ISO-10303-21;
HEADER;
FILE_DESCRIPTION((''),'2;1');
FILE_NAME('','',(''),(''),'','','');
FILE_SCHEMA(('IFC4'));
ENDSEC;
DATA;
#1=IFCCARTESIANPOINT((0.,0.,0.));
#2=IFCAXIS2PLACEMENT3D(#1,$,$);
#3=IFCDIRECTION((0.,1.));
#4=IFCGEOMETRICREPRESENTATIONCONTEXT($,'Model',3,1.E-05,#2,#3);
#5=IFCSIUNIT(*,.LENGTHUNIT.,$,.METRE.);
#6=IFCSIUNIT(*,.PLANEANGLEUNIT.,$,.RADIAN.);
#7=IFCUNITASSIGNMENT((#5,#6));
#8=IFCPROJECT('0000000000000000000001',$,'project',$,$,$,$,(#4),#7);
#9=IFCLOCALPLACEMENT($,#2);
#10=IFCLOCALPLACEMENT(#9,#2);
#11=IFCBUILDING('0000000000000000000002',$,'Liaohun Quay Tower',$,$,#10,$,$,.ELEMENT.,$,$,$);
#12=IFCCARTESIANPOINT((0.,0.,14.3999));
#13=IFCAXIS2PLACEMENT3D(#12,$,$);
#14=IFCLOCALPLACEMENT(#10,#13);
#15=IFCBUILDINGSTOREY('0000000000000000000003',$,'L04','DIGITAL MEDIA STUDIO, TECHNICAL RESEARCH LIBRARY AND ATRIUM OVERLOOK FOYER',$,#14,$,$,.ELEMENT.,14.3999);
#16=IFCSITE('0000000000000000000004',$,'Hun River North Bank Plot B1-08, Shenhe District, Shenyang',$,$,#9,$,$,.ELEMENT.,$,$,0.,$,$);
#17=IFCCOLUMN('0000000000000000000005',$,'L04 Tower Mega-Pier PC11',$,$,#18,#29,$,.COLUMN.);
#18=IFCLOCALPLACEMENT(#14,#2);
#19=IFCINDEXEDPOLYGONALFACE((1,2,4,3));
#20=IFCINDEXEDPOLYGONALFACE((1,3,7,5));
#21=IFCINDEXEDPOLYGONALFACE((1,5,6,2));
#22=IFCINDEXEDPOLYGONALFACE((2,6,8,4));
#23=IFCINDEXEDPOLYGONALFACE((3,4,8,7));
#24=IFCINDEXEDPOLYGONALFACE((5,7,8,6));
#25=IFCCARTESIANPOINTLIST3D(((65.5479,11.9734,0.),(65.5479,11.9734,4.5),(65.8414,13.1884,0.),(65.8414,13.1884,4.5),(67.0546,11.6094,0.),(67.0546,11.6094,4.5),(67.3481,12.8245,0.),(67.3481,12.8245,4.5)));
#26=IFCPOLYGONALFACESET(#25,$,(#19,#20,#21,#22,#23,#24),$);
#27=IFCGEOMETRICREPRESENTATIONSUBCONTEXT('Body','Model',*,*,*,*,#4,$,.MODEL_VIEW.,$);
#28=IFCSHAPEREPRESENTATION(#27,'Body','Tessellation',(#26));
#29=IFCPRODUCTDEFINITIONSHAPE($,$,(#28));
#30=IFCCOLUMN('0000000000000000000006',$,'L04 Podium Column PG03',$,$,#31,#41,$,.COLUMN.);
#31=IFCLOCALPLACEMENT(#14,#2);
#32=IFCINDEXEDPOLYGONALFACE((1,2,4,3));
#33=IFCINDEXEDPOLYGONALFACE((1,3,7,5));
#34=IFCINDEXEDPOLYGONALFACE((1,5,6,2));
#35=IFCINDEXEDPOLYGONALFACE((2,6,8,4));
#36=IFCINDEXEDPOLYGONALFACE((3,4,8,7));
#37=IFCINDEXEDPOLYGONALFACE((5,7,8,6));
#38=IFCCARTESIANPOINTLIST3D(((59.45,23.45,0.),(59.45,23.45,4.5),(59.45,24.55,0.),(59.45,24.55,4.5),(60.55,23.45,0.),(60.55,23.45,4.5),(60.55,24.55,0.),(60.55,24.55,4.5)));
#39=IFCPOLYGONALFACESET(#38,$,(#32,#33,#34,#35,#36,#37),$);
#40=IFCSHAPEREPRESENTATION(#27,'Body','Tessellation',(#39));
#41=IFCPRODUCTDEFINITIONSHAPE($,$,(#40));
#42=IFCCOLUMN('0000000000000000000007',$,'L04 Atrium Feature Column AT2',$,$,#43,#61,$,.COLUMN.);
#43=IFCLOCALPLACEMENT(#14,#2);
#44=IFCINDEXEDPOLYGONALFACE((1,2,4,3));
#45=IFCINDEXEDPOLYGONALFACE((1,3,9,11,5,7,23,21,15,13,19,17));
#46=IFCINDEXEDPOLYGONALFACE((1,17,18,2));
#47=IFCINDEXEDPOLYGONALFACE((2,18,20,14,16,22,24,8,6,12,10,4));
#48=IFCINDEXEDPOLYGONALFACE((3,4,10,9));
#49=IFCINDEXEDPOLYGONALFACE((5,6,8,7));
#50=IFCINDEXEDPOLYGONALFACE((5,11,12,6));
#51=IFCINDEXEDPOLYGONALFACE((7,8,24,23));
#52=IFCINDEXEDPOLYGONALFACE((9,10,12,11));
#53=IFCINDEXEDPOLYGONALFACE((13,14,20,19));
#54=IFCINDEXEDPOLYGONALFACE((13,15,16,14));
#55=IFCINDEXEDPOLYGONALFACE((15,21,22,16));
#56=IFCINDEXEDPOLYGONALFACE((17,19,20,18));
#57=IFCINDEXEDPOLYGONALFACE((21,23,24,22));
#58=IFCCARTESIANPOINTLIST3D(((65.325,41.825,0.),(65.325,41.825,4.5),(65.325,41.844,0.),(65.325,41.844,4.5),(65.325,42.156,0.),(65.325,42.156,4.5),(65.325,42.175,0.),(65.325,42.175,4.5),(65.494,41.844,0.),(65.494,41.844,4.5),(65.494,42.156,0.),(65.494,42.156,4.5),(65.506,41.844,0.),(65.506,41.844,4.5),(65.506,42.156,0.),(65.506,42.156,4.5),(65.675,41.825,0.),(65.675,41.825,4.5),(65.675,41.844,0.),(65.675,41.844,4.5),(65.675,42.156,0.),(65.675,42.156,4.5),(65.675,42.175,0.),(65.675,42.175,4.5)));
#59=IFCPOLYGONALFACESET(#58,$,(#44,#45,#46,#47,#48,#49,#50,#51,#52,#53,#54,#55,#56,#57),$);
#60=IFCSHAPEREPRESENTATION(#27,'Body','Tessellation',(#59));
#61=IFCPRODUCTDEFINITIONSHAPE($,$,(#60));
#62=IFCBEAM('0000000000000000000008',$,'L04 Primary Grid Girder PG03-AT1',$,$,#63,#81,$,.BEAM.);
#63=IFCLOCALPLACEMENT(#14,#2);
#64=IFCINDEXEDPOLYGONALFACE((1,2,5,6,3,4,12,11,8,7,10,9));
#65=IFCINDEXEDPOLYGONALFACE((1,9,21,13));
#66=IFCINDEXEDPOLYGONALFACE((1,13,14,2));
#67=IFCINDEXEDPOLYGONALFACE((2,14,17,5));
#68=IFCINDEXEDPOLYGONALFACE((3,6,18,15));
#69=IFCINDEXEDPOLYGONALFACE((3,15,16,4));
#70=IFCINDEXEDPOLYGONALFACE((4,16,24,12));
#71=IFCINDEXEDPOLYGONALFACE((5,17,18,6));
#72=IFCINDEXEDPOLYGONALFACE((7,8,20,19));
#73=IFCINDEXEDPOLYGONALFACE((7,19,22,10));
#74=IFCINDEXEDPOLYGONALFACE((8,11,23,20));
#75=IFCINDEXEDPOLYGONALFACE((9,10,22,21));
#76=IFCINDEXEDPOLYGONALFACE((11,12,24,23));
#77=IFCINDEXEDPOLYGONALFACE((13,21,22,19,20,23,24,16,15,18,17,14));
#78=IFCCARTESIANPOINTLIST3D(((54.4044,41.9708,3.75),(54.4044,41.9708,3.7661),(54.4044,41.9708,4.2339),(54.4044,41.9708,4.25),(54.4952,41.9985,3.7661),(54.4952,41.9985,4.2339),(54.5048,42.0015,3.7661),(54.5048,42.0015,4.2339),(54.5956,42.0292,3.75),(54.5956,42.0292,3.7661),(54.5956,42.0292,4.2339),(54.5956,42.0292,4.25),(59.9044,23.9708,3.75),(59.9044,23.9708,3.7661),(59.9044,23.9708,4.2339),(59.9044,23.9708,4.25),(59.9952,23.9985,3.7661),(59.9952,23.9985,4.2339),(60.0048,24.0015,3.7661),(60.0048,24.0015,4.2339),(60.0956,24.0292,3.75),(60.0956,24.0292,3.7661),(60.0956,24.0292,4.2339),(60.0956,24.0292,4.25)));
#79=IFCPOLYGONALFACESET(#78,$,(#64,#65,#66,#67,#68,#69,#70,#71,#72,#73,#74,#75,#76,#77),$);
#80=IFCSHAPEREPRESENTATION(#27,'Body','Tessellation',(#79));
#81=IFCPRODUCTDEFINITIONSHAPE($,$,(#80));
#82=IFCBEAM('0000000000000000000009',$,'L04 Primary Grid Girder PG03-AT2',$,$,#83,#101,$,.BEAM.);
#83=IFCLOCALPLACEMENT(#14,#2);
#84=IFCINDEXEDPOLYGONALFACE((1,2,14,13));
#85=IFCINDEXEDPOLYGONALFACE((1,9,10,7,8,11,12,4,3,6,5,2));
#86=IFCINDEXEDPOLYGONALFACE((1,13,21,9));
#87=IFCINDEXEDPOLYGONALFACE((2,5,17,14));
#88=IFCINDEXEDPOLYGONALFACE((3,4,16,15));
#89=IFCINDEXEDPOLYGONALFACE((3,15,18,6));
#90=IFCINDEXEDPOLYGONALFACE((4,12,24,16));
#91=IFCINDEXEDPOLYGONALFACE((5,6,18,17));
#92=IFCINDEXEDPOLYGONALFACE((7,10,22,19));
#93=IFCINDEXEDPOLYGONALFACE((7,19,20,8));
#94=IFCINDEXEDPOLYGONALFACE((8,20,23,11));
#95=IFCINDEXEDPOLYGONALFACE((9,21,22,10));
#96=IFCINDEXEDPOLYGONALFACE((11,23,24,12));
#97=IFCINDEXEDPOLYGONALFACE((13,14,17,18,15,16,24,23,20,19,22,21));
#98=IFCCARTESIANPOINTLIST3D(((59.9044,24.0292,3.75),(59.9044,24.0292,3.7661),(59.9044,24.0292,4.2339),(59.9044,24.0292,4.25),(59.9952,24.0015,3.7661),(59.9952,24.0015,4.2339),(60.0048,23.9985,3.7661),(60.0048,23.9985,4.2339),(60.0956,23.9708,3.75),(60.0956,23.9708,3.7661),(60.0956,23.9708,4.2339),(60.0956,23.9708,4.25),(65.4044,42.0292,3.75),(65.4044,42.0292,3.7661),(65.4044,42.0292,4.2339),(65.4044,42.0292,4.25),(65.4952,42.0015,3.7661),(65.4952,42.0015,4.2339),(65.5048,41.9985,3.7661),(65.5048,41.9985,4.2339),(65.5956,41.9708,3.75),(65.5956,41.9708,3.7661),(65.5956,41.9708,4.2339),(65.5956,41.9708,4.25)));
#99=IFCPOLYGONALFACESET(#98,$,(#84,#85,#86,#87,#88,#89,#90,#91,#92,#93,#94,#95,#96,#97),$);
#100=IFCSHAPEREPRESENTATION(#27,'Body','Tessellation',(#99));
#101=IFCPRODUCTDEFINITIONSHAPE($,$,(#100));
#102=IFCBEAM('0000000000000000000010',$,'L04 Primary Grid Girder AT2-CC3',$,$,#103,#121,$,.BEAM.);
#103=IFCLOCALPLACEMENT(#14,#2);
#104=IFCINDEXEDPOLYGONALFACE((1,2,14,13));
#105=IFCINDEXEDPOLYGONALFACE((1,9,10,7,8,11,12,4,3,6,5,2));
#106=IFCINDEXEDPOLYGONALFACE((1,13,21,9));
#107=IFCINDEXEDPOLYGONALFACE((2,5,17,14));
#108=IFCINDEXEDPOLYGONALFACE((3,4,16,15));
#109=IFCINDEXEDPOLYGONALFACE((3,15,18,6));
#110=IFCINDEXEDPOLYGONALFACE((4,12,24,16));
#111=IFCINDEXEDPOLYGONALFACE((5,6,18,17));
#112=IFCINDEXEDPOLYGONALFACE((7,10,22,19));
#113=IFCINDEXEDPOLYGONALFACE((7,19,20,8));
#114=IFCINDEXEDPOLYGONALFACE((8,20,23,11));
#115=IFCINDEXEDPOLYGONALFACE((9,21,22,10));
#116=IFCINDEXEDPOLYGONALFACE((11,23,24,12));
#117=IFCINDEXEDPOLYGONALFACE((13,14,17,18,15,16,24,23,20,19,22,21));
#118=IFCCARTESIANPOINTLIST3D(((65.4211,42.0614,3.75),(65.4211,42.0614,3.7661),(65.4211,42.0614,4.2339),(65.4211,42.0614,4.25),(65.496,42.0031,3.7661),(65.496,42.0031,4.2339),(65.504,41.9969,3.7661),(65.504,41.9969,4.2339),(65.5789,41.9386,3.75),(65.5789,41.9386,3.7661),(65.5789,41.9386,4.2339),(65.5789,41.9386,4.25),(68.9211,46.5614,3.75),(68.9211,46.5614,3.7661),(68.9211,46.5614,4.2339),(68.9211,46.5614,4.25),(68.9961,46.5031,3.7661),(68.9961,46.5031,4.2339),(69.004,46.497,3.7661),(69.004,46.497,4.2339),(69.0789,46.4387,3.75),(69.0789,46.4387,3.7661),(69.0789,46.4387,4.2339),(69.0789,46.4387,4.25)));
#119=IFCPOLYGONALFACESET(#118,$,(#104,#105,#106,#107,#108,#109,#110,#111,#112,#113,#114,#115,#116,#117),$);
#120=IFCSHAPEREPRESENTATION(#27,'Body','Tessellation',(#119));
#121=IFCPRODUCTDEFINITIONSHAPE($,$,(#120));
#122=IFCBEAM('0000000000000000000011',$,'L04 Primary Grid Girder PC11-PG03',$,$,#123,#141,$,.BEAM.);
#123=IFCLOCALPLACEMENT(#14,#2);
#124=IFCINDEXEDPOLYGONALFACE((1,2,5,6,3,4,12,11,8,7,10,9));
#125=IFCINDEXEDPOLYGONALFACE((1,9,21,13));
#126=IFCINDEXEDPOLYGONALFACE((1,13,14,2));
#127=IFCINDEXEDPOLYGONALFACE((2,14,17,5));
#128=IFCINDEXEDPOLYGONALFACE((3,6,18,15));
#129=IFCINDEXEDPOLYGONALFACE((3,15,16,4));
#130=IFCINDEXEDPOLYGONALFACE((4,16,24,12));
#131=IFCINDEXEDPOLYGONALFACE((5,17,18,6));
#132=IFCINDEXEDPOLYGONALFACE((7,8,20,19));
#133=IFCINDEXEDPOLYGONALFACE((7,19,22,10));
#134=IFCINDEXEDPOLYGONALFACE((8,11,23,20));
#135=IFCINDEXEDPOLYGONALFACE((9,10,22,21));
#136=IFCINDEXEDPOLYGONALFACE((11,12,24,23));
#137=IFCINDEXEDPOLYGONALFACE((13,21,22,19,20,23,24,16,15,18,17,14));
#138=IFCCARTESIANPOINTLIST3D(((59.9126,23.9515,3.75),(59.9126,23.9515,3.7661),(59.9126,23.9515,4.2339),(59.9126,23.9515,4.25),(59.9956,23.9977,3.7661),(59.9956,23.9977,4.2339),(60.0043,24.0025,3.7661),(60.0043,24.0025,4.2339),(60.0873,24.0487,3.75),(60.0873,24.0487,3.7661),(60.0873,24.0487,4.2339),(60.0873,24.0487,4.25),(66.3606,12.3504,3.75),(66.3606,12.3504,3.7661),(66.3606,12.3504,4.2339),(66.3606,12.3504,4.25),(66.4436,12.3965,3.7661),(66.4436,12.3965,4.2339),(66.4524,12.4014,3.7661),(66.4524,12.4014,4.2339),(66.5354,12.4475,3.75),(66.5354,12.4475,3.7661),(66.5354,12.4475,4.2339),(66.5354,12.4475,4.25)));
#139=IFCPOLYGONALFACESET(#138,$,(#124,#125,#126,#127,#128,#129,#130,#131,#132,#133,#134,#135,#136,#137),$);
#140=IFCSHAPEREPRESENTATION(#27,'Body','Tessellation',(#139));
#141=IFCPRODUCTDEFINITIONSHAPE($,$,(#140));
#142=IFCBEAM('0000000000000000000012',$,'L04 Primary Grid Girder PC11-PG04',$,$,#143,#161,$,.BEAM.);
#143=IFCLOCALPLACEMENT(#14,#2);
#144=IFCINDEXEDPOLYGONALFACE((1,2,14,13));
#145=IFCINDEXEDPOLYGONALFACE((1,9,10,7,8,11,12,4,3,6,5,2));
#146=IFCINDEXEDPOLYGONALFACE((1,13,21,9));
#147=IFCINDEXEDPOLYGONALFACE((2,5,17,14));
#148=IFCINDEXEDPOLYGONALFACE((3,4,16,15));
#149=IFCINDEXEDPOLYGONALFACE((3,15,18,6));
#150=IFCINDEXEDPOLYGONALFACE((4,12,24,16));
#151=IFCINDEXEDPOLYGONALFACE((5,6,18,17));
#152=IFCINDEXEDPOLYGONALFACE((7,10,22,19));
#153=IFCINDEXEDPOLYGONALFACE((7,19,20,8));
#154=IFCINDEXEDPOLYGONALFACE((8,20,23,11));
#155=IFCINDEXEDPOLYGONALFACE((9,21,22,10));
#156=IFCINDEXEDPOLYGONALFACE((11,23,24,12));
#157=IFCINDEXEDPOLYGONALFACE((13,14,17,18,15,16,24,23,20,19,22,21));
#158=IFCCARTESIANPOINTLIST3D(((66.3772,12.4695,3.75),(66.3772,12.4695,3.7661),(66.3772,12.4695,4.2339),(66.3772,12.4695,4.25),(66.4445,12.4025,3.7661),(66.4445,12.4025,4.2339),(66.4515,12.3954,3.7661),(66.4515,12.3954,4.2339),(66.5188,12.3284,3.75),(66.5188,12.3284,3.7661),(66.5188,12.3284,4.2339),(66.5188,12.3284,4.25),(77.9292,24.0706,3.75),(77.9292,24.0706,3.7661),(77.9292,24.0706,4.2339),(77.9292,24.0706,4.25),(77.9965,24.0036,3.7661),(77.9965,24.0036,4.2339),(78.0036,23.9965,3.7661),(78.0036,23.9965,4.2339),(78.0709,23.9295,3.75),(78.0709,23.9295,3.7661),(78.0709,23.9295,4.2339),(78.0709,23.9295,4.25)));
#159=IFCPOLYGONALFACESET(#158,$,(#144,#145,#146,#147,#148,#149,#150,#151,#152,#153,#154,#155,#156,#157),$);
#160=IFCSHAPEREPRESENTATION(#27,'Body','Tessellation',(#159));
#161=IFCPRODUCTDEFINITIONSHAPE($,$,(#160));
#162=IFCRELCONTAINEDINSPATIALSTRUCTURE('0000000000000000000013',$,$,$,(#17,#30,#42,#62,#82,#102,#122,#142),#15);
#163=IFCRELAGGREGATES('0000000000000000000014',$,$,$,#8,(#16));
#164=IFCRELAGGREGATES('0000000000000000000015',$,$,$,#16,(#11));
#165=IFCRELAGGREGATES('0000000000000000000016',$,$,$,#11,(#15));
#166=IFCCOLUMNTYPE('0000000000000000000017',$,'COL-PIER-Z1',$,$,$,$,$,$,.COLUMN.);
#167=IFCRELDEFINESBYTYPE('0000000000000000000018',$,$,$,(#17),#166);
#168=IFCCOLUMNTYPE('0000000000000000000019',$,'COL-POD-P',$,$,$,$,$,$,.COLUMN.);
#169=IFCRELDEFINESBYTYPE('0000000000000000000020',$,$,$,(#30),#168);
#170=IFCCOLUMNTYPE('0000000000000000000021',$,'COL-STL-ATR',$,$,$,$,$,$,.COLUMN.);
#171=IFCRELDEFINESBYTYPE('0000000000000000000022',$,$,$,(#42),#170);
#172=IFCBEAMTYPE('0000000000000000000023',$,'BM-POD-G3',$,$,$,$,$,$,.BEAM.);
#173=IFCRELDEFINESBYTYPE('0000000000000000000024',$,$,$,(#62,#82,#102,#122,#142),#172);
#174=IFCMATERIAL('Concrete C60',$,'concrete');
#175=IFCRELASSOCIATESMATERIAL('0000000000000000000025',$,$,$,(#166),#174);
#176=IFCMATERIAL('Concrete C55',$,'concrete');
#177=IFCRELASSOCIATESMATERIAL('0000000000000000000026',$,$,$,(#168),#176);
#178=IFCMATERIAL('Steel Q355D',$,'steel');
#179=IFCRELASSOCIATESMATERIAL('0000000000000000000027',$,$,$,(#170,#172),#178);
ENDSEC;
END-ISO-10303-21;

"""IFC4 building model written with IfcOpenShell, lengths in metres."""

from ifc_helpers import new_model, si_unit, direction, frame, origin, origin_2d, place, context, subcontext, project, spatial, rectangle, i_section, extrude, source, transform, mapped, material, material_profile, profile_set, type_object, element, save


model = new_model("IFC4")

# Units and contexts
model_context = context("Model", 3, precision=1e-05, world=origin(), true_north=direction((0.0, 1.0)))
body_context = subcontext(model_context, "Body", "Model", "MODEL_VIEW")
ifc_project = project(units=[si_unit("LENGTHUNIT", "METRE"), si_unit("PLANEANGLEUNIT", "RADIAN")], contexts=[model_context])

# Site, building, storey
site_placement = place(None, origin())
site = spatial("IfcSite", under=ifc_project, at=site_placement, Name="Hun River North Bank Plot B1-08, Shenhe District, Shenyang", CompositionType="ELEMENT", RefElevation=0.0)
building_placement = place(site_placement, origin())
building = spatial("IfcBuilding", under=site, at=building_placement, Name="Liaohun Quay Tower", CompositionType="ELEMENT")
storey_placement = place(building_placement, frame((0.0, 0.0, 14.3999)))
storey = spatial("IfcBuildingStorey", under=building, at=storey_placement, Name="L04", Description="DIGITAL MEDIA STUDIO, TECHNICAL RESEARCH LIBRARY AND ATRIUM OVERLOOK FOYER", CompositionType="ELEMENT", Elevation=14.3999)

# Columns
ifc_material_1 = material(Name="Concrete C60", Category="concrete")
ifc_material_profile_1 = material_profile(ifc_material_1, rectangle(XDim=1.55, YDim=1.25, at=origin_2d()), Name="RC1550x1250")
ifc_profile_set_1 = profile_set([ifc_material_profile_1], Name="Concrete C60")
column_type_1 = type_object("IfcColumnType", Name="COL-PIER-Z1", PredefinedType="COLUMN", material=ifc_profile_set_1)
shared_shape_1 = source(origin(), body_context, "Body", "SweptSolid", [
    extrude(rectangle(XDim=1.55, YDim=1.25, at=origin_2d()), origin(), (0.0, 0.0, 1.0), 4.5),
])
column_1_placement = place(storey_placement, frame((66.448, 12.3989, 0.0), z_axis=(0.0, 0.0, 1.0), x_axis=(-0.972043, 0.234803, 0.0)))
element("IfcColumn", 1, at=column_1_placement, inside=storey, type_object=column_type_1, Name="L04 Tower Mega-Pier PC11", PredefinedType="COLUMN", context=body_context, shape_type="MappedRepresentation", body=[
    mapped(shared_shape_1, transform((0.0, 0.0, 0.0), x_axis=(1.0, 0.0, 0.0), y_axis=(0.0, 1.0, 0.0), z_axis=(0.0, 0.0, 1.0), scale=1.0)),
])
ifc_material_2 = material(Name="Concrete C55", Category="concrete")
ifc_material_profile_2 = material_profile(ifc_material_2, rectangle(XDim=1.1001, YDim=1.1001, at=origin_2d()), Name="RC1100x1100")
ifc_profile_set_2 = profile_set([ifc_material_profile_2], Name="Concrete C55")
column_type_2 = type_object("IfcColumnType", Name="COL-POD-P", PredefinedType="COLUMN", material=ifc_profile_set_2)
shared_shape_2 = source(origin(), body_context, "Body", "SweptSolid", [
    extrude(rectangle(XDim=1.1001, YDim=1.1001, at=origin_2d()), origin(), (0.0, 0.0, 1.0), 4.5),
])
column_2_placement = place(storey_placement, frame((60.0, 24.0, 0.0), z_axis=(0.0, 0.0, 1.0), x_axis=(1.0, 0.0, 0.0)))
element("IfcColumn", 2, at=column_2_placement, inside=storey, type_object=column_type_2, Name="L04 Podium Column PG03", PredefinedType="COLUMN", context=body_context, shape_type="MappedRepresentation", body=[
    mapped(shared_shape_2, transform((0.0, 0.0, 0.0), x_axis=(1.0, 0.0, 0.0), y_axis=(0.0, 1.0, 0.0), z_axis=(0.0, 0.0, 1.0), scale=1.0)),
])
ifc_material_3 = material(Name="Steel Q355D", Category="steel")
ifc_material_profile_3 = material_profile(ifc_material_3, i_section(OverallWidth=0.3501, OverallDepth=0.3501, WebThickness=0.012, FlangeThickness=0.019, at=origin_2d()), Name="HW350x350x12x19")
ifc_profile_set_3 = profile_set([ifc_material_profile_3], Name="Steel Q355D")
column_type_3 = type_object("IfcColumnType", Name="COL-STL-ATR", PredefinedType="COLUMN", material=ifc_profile_set_3)
shared_shape_3 = source(origin(), body_context, "Body", "SweptSolid", [
    extrude(i_section(OverallWidth=0.3501, OverallDepth=0.3501, WebThickness=0.012, FlangeThickness=0.019, at=origin_2d()), origin(), (0.0, 0.0, 1.0), 4.5),
])
column_3_placement = place(storey_placement, frame((65.5, 42.0, 0.0), z_axis=(0.0, 0.0, 1.0), x_axis=(1.0, 0.0, 0.0)))
element("IfcColumn", 3, at=column_3_placement, inside=storey, type_object=column_type_3, Name="L04 Atrium Feature Column AT2", PredefinedType="COLUMN", context=body_context, shape_type="MappedRepresentation", body=[
    mapped(shared_shape_3, transform((0.0, 0.0, 0.0), x_axis=(1.0, 0.0, 0.0), y_axis=(0.0, 1.0, 0.0), z_axis=(0.0, 0.0, 1.0), scale=1.0)),
])

# Beams
ifc_material_profile_4 = material_profile(ifc_material_3, i_section(OverallWidth=0.2, OverallDepth=0.5, WebThickness=0.01, FlangeThickness=0.0161, at=origin_2d()), Name="HN500x200x10x16")
ifc_profile_set_4 = profile_set([ifc_material_profile_4], Name="Steel Q355D")
beam_type_1 = type_object("IfcBeamType", Name="BM-POD-G3", PredefinedType="BEAM", material=ifc_profile_set_4)
shared_shape_4 = source(origin(), body_context, "Body", "SweptSolid", [
    extrude(i_section(OverallWidth=0.2, OverallDepth=0.5, WebThickness=0.01, FlangeThickness=0.0161, at=origin_2d()), origin(), (0.0, 0.0, 1.0), 18.8215),
])
for number, where, z_axis, x_axis, name in (
    (4, (60.0, 24.0, 4.0), (-0.292219, 0.956352, 0.0), (-0.956352, -0.292219, 0.0), "L04 Primary Grid Girder PG03-AT1"),
    (5, (60.0, 24.0, 4.0), (0.292219, 0.956352, 0.0), (-0.956352, 0.292219, 0.0), "L04 Primary Grid Girder PG03-AT2"),
):
    element("IfcBeam", number, at=place(storey_placement, frame(where, z_axis=z_axis, x_axis=x_axis)), inside=storey, type_object=beam_type_1, Name=name, PredefinedType="BEAM", context=body_context, shape_type="MappedRepresentation", body=[
        mapped(shared_shape_4, transform((0.0, 0.0, 0.0), x_axis=(1.0, 0.0, 0.0), y_axis=(0.0, 1.0, 0.0), z_axis=(0.0, 0.0, 1.0), scale=1.0)),
    ])
shared_shape_5 = source(origin(), body_context, "Body", "SweptSolid", [
    extrude(i_section(OverallWidth=0.2, OverallDepth=0.5, WebThickness=0.01, FlangeThickness=0.0161, at=origin_2d()), origin(), (0.0, 0.0, 1.0), 5.7009),
])
beam_1_placement = place(storey_placement, frame((65.5, 42.0, 4.0), z_axis=(0.613941, 0.789352, 0.0), x_axis=(-0.789352, 0.613941, 0.0)))
element("IfcBeam", 6, at=beam_1_placement, inside=storey, type_object=beam_type_1, Name="L04 Primary Grid Girder AT2-CC3", PredefinedType="BEAM", context=body_context, shape_type="MappedRepresentation", body=[
    mapped(shared_shape_5, transform((0.0, 0.0, 0.0), x_axis=(1.0, 0.0, 0.0), y_axis=(0.0, 1.0, 0.0), z_axis=(0.0, 0.0, 1.0), scale=1.0)),
])
shared_shape_6 = source(origin(), body_context, "Body", "SweptSolid", [
    extrude(i_section(OverallWidth=0.2, OverallDepth=0.5, WebThickness=0.01, FlangeThickness=0.0161, at=origin_2d()), origin(), (0.0, 0.0, 1.0), 13.2727),
])
beam_2_placement = place(storey_placement, frame((66.448, 12.3989, 4.0), z_axis=(-0.485813, 0.874063, 0.0), x_axis=(-0.874063, -0.485813, 0.0)))
element("IfcBeam", 7, at=beam_2_placement, inside=storey, type_object=beam_type_1, Name="L04 Primary Grid Girder PC11-PG03", PredefinedType="BEAM", context=body_context, shape_type="MappedRepresentation", body=[
    mapped(shared_shape_6, transform((0.0, 0.0, 0.0), x_axis=(1.0, 0.0, 0.0), y_axis=(0.0, 1.0, 0.0), z_axis=(0.0, 0.0, 1.0), scale=1.0)),
])
shared_shape_7 = source(origin(), body_context, "Body", "SweptSolid", [
    extrude(i_section(OverallWidth=0.2, OverallDepth=0.5, WebThickness=0.01, FlangeThickness=0.0161, at=origin_2d()), origin(), (0.0, 0.0, 1.0), 16.3718),
])
beam_3_placement = place(storey_placement, frame((66.448, 12.3989, 4.0), z_axis=(0.705607, 0.708604, 0.0), x_axis=(-0.708604, 0.705607, 0.0)))
element("IfcBeam", 8, at=beam_3_placement, inside=storey, type_object=beam_type_1, Name="L04 Primary Grid Girder PC11-PG04", PredefinedType="BEAM", context=body_context, shape_type="MappedRepresentation", body=[
    mapped(shared_shape_7, transform((0.0, 0.0, 0.0), x_axis=(1.0, 0.0, 0.0), y_axis=(0.0, 1.0, 0.0), z_axis=(0.0, 0.0, 1.0), scale=1.0)),
])

save(model, "model.ifc")
